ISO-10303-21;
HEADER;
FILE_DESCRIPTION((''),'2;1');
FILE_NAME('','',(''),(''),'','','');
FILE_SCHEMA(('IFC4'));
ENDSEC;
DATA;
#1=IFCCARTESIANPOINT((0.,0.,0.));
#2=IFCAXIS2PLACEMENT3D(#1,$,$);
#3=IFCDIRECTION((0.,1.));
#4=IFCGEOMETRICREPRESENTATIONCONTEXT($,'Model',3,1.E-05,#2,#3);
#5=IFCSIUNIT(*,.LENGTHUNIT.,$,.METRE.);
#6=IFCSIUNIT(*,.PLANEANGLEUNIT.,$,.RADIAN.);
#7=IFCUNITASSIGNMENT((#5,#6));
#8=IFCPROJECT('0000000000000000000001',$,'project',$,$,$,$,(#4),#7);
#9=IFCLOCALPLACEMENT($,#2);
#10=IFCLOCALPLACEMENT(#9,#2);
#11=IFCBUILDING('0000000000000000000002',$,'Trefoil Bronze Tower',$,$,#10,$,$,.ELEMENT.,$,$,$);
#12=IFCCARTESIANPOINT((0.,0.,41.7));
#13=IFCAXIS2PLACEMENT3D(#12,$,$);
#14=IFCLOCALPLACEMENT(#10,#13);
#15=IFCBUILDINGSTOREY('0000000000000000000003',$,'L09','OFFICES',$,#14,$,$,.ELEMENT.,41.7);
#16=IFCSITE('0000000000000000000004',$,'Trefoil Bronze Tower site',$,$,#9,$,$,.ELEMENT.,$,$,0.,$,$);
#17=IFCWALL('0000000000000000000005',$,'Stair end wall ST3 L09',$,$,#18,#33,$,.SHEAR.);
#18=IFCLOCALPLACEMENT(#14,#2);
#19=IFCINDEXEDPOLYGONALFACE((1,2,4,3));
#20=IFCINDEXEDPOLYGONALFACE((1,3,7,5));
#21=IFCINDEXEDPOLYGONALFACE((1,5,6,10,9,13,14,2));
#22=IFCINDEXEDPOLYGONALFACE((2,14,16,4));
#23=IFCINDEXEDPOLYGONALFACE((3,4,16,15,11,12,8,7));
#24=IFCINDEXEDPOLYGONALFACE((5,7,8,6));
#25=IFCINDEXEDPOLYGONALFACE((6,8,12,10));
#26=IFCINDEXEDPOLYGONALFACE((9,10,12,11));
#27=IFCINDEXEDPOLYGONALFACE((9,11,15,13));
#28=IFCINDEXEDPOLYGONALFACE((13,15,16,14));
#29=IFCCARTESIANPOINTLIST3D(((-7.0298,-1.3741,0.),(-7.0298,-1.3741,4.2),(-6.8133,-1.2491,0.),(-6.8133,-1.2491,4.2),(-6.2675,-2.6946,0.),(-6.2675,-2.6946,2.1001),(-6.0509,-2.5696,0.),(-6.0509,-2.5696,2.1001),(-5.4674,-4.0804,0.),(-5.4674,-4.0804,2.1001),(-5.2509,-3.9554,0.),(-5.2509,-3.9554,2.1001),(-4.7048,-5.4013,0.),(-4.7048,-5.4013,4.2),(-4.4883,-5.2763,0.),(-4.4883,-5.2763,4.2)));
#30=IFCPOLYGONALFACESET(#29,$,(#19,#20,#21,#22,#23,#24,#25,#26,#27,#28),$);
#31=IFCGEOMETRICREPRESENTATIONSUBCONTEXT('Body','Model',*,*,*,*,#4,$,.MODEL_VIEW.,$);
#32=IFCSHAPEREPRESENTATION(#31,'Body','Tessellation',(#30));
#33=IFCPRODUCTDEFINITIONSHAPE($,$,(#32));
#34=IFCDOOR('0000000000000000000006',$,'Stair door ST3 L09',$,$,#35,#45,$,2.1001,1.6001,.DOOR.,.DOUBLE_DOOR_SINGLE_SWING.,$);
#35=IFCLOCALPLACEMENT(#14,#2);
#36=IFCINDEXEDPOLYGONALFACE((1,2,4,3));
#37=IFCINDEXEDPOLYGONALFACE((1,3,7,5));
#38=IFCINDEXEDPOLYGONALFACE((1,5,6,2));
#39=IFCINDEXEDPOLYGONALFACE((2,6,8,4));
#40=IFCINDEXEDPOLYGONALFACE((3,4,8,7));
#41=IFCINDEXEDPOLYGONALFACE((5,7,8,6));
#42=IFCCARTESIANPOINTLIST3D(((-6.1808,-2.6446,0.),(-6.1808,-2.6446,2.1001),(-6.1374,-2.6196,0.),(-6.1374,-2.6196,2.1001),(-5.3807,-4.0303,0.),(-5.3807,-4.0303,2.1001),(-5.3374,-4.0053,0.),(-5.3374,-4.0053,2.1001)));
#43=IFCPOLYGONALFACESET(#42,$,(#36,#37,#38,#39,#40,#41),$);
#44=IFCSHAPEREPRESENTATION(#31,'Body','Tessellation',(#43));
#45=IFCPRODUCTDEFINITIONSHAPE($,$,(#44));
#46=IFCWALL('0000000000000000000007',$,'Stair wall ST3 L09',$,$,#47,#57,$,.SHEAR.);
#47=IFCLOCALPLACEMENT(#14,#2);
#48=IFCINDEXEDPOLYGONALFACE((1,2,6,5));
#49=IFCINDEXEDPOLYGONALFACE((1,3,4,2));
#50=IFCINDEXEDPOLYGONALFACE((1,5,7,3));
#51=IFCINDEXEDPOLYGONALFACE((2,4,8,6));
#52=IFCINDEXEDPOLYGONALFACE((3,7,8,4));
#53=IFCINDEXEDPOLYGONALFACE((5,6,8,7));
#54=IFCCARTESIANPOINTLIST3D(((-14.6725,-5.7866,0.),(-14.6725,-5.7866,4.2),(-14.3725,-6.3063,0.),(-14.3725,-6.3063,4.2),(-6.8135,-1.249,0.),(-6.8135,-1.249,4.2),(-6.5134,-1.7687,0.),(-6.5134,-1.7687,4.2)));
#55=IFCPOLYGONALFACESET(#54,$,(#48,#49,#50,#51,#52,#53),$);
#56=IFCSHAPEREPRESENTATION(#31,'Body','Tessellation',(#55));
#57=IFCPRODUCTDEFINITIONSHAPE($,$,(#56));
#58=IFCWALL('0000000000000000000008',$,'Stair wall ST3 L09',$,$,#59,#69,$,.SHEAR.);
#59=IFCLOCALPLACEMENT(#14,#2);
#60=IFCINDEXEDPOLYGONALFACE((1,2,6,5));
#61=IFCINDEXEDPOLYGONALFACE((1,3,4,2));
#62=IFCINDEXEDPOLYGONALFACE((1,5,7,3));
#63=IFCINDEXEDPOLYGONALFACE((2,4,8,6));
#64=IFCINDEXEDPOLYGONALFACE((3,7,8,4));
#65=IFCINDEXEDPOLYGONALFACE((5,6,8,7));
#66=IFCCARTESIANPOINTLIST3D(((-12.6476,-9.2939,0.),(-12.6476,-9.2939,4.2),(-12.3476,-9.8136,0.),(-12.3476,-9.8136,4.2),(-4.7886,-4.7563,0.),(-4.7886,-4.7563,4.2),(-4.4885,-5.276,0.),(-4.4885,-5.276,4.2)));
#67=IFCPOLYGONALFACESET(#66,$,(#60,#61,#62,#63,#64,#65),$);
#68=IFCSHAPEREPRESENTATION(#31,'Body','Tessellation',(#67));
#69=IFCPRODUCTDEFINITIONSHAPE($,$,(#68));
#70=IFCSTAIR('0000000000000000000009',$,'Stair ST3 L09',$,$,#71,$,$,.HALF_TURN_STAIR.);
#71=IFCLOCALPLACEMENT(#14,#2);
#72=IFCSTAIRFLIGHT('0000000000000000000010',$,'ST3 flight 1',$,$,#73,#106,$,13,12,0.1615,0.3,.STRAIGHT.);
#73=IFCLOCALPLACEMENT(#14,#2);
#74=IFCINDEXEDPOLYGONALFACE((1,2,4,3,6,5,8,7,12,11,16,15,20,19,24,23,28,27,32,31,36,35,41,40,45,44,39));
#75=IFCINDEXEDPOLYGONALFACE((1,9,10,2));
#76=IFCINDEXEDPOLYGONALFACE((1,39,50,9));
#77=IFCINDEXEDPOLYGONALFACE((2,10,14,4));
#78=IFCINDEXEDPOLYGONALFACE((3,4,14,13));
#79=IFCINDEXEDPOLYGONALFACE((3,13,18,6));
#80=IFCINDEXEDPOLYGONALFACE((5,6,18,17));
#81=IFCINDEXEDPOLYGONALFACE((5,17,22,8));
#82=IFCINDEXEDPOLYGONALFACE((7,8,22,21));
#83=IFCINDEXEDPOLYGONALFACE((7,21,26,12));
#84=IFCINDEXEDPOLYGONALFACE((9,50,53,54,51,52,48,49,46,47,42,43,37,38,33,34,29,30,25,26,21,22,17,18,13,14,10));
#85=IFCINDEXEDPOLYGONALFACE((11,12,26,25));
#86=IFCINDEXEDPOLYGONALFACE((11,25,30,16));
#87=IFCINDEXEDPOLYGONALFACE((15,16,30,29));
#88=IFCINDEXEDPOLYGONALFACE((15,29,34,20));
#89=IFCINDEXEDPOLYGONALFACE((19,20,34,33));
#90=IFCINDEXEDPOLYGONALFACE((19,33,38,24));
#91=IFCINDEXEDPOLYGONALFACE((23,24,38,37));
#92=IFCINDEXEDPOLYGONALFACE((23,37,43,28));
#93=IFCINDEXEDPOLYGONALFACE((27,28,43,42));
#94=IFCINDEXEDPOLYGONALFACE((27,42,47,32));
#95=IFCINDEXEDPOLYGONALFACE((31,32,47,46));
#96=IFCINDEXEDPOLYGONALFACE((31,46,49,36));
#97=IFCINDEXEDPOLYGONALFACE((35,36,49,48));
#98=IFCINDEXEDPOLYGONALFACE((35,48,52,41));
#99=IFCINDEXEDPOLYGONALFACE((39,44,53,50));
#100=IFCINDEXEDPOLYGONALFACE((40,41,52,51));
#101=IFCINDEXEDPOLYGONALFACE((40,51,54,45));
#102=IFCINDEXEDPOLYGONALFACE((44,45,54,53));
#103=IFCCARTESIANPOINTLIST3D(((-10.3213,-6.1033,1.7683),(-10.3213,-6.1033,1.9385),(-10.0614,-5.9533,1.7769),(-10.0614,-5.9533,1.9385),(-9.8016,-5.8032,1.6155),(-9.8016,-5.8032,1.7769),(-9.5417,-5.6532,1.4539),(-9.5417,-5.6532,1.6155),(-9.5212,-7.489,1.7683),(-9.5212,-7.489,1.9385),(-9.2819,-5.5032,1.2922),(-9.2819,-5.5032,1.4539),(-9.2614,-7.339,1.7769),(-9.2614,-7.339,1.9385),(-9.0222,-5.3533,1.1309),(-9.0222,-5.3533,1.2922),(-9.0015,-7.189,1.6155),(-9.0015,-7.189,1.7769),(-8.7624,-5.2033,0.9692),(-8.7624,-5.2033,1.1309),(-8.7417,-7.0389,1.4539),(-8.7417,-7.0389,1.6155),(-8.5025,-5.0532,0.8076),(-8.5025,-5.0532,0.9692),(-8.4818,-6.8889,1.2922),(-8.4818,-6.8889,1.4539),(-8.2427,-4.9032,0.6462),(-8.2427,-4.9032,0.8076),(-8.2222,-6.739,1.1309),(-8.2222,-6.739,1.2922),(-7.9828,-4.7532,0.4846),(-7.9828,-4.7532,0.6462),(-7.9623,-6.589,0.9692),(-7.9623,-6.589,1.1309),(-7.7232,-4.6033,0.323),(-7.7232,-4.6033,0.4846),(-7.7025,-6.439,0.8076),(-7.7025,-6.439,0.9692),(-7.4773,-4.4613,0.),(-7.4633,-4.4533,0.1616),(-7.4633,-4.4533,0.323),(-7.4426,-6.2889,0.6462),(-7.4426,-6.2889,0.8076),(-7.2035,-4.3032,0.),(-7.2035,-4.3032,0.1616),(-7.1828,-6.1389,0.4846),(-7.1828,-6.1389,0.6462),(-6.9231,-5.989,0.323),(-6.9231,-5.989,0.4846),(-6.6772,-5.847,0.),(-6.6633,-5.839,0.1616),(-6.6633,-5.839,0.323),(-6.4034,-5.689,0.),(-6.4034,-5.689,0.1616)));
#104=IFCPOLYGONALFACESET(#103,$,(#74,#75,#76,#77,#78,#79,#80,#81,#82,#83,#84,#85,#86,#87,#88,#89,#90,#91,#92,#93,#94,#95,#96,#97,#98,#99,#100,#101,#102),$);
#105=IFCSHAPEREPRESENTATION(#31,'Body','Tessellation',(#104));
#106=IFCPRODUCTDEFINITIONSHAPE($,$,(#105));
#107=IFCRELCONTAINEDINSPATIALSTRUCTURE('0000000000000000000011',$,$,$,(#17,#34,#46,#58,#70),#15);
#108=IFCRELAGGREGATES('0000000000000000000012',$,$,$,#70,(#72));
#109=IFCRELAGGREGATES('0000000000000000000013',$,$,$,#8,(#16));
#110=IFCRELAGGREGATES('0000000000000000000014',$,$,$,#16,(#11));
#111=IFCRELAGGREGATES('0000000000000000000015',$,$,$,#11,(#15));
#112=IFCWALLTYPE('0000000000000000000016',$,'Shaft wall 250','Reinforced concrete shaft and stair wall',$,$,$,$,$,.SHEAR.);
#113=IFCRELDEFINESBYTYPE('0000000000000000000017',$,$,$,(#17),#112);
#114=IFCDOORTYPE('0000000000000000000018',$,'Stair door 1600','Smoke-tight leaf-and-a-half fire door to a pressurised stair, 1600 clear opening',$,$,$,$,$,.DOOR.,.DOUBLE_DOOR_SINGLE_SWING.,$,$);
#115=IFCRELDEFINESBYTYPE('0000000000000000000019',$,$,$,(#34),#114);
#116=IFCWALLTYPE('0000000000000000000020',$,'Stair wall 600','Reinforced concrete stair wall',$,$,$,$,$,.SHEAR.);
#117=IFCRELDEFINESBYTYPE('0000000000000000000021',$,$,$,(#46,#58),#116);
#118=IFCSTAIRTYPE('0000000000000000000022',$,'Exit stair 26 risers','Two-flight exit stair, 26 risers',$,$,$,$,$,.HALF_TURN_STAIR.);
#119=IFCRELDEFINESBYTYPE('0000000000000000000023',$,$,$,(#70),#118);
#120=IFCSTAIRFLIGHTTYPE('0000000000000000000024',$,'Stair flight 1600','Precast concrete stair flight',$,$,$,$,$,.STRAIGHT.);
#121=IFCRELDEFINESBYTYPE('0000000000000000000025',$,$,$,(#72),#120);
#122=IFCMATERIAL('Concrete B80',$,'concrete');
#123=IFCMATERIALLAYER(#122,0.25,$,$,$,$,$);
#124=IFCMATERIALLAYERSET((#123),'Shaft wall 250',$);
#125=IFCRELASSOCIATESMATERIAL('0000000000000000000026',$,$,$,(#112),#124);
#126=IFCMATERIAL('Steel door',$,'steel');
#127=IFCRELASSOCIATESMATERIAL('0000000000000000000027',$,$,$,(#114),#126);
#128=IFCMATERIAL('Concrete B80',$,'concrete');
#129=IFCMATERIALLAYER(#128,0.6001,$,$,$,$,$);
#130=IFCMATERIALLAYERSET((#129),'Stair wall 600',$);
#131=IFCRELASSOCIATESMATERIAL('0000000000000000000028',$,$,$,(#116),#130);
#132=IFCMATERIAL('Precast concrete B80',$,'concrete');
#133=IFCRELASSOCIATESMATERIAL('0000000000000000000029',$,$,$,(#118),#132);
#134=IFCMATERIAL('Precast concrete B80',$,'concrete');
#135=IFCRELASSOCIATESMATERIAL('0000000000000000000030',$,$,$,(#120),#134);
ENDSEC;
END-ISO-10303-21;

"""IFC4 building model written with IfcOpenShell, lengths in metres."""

from ifc_helpers import new_model, si_unit, direction, frame, frame_2d, origin, place, context, subcontext, project, spatial, polyline, rectangle, outline, extrude, material, layer, layer_set, type_object, element, fill, aggregate, save


model = new_model("IFC4")

# Units and contexts
model_context = context("Model", 3, precision=1e-05, world=origin(), true_north=direction((0.0, 1.0)))
body_context = subcontext(model_context, "Body", "Model", "MODEL_VIEW")
ifc_project = project(units=[si_unit("LENGTHUNIT", "METRE"), si_unit("PLANEANGLEUNIT", "RADIAN")], contexts=[model_context])

# Site, building, storey
site_placement = place(None, origin())
site = spatial("IfcSite", under=ifc_project, at=site_placement, Name="Trefoil Bronze Tower site", CompositionType="ELEMENT", RefElevation=0.0)
building_placement = place(site_placement, origin())
building = spatial("IfcBuilding", under=site, at=building_placement, Name="Trefoil Bronze Tower", CompositionType="ELEMENT")
storey_placement = place(building_placement, frame((0.0, 0.0, 41.7)))
storey = spatial("IfcBuildingStorey", under=building, at=storey_placement, Name="L09", Description="OFFICES", CompositionType="ELEMENT", Elevation=41.7)

# Shared definitions
ifc_material_1 = material(Name="Concrete B80", Category="concrete")
ifc_layer_1 = layer(ifc_material_1, 0.25)
ifc_layer_set_1 = layer_set([ifc_layer_1], Name="Shaft wall 250")
wall_type_1 = type_object("IfcWallType", Name="Shaft wall 250", Description="Reinforced concrete shaft and stair wall", PredefinedType="SHEAR", material=ifc_layer_set_1)

# Wall, opening, door
wall_1_placement = place(storey_placement, frame((-6.9216, -1.3115, 0.0), z_axis=(0.0, 0.0, 1.0), x_axis=(0.499985, -0.866034, 0.0)))
wall_1 = element("IfcWall", 1, at=wall_1_placement, inside=storey, type_object=wall_type_1, Name="Stair end wall ST3 L09", PredefinedType="SHEAR", context=body_context, shape_type="SweptSolid", body=[
    extrude(rectangle(XDim=4.6501, YDim=0.25, at=frame_2d((2.3252, 0.0))), origin(), (0.0, 0.0, 1.0), 4.2),
])
opening_1_placement = place(wall_1_placement, frame((1.5249, 0.0, 0.0)))
opening_1 = element("IfcOpeningElement", 2, at=opening_1_placement, cuts=wall_1, PredefinedType="OPENING", context=body_context, shape_type="SweptSolid", body=[
    extrude(rectangle(XDim=1.6001, YDim=2.1001, at=frame_2d((0.8, 1.05))), frame((0.0, 0.135, 0.0), z_axis=(0.0, -1.0, 0.0), x_axis=(1.0, 0.0, 0.0)), (0.0, 0.0, 1.0), 0.27),
])
ifc_material_2 = material(Name="Steel door", Category="steel")
door_type_1 = type_object("IfcDoorType", Name="Stair door 1600", Description="Smoke-tight leaf-and-a-half fire door to a pressurised stair, 1600 clear opening", OperationType="DOUBLE_DOOR_SINGLE_SWING", PredefinedType="DOOR", material=ifc_material_2)
door_1_placement = place(opening_1_placement, frame((1.6001, 0.0, 0.0), z_axis=(0.0, 0.0, 1.0), x_axis=(-1.0, 0.0, 0.0)))
door_1 = element("IfcDoor", 3, at=door_1_placement, inside=storey, type_object=door_type_1, Name="Stair door ST3 L09", OperationType="DOUBLE_DOOR_SINGLE_SWING", OverallHeight=2.1001, OverallWidth=1.6001, PredefinedType="DOOR", context=body_context, shape_type="SweptSolid", body=[
    extrude(rectangle(XDim=1.6001, YDim=2.1001, at=frame_2d((0.8, 1.05))), frame((0.0, 0.0249, 0.0), z_axis=(0.0, -1.0, 0.0), x_axis=(1.0, 0.0, 0.0)), (0.0, 0.0, 1.0), 0.05),
])
fill(opening_1, door_1)

# Walls
ifc_material_3 = material(Name="Concrete B80", Category="concrete")
ifc_layer_2 = layer(ifc_material_3, 0.6001)
ifc_layer_set_2 = layer_set([ifc_layer_2], Name="Stair wall 600")
wall_type_2 = type_object("IfcWallType", Name="Stair wall 600", Description="Reinforced concrete stair wall", PredefinedType="SHEAR", material=ifc_layer_set_2)
for number, where, z_axis, x_axis, name in (
    (4, (-6.6633, -1.5088, 0.0), (0.0, 0.0, 1.0), (-0.866019, -0.50001, 0.0), "Stair wall ST3 L09"),
    (5, (-4.6384, -5.0161, 0.0), (0.0, 0.0, 1.0), (-0.866019, -0.50001, 0.0), "Stair wall ST3 L09"),
):
    element("IfcWall", number, at=place(storey_placement, frame(where, z_axis=z_axis, x_axis=x_axis)), inside=storey, type_object=wall_type_2, Name=name, PredefinedType="SHEAR", context=body_context, shape_type="SweptSolid", body=[
        extrude(rectangle(XDim=9.075, YDim=0.6001, at=frame_2d((4.5376, 0.0))), origin(), (0.0, 0.0, 1.0), 4.2),
    ])

# Stair, stair flight
ifc_material_4 = material(Name="Precast concrete B80", Category="concrete")
stair_type = type_object("IfcStairType", Name="Exit stair 26 risers", Description="Two-flight exit stair, 26 risers", PredefinedType="HALF_TURN_STAIR", material=ifc_material_4)
stair_placement = place(storey_placement, origin())
stair = element("IfcStair", 6, at=stair_placement, inside=storey, type_object=stair_type, Name="Stair ST3 L09", PredefinedType="HALF_TURN_STAIR")
ifc_material_5 = material(Name="Precast concrete B80", Category="concrete")
stair_flight_type = type_object("IfcStairFlightType", Name="Stair flight 1600", Description="Precast concrete stair flight", PredefinedType="STRAIGHT", material=ifc_material_5)
stair_flight_placement = place(storey_placement, frame((-6.8035, -4.9961, 0.0), z_axis=(0.0, 0.0, 1.0), x_axis=(-0.866025, -0.5, 0.0)))
stair_flight = element("IfcStairFlight", 7, at=stair_flight_placement, type_object=stair_flight_type, Name="ST3 flight 1", NumberOfRisers=13, NumberOfTreads=12, PredefinedType="STRAIGHT", RiserHeight=0.1615, TreadLength=0.3, context=body_context, shape_type="SweptSolid", body=[
    extrude(outline(polyline([(0.0, 0.0), (0.0, 0.1616), (0.3, 0.1616), (0.3, 0.323), (0.6001, 0.323), (0.6001, 0.4846), (0.8999, 0.4846), (0.8999, 0.6462), (1.2, 0.6462), (1.2, 0.8076), (1.5, 0.8076), (1.5, 0.9692), (1.8, 0.9692), (1.8, 1.1309), (2.1001, 1.1309), (2.1001, 1.2922), (2.3999, 1.2922), (2.3999, 1.4539), (2.7, 1.4539), (2.7, 1.6155), (3.0, 1.6155), (3.0, 1.7769), (3.3, 1.7769), (3.3, 1.9385), (3.6001, 1.9385), (3.6001, 2.1001), (3.6001, 1.7683), (0.3162, 0.0), (0.0, 0.0)])), frame((0.0, 0.8, 0.0), z_axis=(0.0, -1.0, 0.0), x_axis=(1.0, 0.0, 0.0)), (0.0, 0.0, 1.0), 1.6001),
])
aggregate(stair, [stair_flight])

save(model, "model.ifc")
